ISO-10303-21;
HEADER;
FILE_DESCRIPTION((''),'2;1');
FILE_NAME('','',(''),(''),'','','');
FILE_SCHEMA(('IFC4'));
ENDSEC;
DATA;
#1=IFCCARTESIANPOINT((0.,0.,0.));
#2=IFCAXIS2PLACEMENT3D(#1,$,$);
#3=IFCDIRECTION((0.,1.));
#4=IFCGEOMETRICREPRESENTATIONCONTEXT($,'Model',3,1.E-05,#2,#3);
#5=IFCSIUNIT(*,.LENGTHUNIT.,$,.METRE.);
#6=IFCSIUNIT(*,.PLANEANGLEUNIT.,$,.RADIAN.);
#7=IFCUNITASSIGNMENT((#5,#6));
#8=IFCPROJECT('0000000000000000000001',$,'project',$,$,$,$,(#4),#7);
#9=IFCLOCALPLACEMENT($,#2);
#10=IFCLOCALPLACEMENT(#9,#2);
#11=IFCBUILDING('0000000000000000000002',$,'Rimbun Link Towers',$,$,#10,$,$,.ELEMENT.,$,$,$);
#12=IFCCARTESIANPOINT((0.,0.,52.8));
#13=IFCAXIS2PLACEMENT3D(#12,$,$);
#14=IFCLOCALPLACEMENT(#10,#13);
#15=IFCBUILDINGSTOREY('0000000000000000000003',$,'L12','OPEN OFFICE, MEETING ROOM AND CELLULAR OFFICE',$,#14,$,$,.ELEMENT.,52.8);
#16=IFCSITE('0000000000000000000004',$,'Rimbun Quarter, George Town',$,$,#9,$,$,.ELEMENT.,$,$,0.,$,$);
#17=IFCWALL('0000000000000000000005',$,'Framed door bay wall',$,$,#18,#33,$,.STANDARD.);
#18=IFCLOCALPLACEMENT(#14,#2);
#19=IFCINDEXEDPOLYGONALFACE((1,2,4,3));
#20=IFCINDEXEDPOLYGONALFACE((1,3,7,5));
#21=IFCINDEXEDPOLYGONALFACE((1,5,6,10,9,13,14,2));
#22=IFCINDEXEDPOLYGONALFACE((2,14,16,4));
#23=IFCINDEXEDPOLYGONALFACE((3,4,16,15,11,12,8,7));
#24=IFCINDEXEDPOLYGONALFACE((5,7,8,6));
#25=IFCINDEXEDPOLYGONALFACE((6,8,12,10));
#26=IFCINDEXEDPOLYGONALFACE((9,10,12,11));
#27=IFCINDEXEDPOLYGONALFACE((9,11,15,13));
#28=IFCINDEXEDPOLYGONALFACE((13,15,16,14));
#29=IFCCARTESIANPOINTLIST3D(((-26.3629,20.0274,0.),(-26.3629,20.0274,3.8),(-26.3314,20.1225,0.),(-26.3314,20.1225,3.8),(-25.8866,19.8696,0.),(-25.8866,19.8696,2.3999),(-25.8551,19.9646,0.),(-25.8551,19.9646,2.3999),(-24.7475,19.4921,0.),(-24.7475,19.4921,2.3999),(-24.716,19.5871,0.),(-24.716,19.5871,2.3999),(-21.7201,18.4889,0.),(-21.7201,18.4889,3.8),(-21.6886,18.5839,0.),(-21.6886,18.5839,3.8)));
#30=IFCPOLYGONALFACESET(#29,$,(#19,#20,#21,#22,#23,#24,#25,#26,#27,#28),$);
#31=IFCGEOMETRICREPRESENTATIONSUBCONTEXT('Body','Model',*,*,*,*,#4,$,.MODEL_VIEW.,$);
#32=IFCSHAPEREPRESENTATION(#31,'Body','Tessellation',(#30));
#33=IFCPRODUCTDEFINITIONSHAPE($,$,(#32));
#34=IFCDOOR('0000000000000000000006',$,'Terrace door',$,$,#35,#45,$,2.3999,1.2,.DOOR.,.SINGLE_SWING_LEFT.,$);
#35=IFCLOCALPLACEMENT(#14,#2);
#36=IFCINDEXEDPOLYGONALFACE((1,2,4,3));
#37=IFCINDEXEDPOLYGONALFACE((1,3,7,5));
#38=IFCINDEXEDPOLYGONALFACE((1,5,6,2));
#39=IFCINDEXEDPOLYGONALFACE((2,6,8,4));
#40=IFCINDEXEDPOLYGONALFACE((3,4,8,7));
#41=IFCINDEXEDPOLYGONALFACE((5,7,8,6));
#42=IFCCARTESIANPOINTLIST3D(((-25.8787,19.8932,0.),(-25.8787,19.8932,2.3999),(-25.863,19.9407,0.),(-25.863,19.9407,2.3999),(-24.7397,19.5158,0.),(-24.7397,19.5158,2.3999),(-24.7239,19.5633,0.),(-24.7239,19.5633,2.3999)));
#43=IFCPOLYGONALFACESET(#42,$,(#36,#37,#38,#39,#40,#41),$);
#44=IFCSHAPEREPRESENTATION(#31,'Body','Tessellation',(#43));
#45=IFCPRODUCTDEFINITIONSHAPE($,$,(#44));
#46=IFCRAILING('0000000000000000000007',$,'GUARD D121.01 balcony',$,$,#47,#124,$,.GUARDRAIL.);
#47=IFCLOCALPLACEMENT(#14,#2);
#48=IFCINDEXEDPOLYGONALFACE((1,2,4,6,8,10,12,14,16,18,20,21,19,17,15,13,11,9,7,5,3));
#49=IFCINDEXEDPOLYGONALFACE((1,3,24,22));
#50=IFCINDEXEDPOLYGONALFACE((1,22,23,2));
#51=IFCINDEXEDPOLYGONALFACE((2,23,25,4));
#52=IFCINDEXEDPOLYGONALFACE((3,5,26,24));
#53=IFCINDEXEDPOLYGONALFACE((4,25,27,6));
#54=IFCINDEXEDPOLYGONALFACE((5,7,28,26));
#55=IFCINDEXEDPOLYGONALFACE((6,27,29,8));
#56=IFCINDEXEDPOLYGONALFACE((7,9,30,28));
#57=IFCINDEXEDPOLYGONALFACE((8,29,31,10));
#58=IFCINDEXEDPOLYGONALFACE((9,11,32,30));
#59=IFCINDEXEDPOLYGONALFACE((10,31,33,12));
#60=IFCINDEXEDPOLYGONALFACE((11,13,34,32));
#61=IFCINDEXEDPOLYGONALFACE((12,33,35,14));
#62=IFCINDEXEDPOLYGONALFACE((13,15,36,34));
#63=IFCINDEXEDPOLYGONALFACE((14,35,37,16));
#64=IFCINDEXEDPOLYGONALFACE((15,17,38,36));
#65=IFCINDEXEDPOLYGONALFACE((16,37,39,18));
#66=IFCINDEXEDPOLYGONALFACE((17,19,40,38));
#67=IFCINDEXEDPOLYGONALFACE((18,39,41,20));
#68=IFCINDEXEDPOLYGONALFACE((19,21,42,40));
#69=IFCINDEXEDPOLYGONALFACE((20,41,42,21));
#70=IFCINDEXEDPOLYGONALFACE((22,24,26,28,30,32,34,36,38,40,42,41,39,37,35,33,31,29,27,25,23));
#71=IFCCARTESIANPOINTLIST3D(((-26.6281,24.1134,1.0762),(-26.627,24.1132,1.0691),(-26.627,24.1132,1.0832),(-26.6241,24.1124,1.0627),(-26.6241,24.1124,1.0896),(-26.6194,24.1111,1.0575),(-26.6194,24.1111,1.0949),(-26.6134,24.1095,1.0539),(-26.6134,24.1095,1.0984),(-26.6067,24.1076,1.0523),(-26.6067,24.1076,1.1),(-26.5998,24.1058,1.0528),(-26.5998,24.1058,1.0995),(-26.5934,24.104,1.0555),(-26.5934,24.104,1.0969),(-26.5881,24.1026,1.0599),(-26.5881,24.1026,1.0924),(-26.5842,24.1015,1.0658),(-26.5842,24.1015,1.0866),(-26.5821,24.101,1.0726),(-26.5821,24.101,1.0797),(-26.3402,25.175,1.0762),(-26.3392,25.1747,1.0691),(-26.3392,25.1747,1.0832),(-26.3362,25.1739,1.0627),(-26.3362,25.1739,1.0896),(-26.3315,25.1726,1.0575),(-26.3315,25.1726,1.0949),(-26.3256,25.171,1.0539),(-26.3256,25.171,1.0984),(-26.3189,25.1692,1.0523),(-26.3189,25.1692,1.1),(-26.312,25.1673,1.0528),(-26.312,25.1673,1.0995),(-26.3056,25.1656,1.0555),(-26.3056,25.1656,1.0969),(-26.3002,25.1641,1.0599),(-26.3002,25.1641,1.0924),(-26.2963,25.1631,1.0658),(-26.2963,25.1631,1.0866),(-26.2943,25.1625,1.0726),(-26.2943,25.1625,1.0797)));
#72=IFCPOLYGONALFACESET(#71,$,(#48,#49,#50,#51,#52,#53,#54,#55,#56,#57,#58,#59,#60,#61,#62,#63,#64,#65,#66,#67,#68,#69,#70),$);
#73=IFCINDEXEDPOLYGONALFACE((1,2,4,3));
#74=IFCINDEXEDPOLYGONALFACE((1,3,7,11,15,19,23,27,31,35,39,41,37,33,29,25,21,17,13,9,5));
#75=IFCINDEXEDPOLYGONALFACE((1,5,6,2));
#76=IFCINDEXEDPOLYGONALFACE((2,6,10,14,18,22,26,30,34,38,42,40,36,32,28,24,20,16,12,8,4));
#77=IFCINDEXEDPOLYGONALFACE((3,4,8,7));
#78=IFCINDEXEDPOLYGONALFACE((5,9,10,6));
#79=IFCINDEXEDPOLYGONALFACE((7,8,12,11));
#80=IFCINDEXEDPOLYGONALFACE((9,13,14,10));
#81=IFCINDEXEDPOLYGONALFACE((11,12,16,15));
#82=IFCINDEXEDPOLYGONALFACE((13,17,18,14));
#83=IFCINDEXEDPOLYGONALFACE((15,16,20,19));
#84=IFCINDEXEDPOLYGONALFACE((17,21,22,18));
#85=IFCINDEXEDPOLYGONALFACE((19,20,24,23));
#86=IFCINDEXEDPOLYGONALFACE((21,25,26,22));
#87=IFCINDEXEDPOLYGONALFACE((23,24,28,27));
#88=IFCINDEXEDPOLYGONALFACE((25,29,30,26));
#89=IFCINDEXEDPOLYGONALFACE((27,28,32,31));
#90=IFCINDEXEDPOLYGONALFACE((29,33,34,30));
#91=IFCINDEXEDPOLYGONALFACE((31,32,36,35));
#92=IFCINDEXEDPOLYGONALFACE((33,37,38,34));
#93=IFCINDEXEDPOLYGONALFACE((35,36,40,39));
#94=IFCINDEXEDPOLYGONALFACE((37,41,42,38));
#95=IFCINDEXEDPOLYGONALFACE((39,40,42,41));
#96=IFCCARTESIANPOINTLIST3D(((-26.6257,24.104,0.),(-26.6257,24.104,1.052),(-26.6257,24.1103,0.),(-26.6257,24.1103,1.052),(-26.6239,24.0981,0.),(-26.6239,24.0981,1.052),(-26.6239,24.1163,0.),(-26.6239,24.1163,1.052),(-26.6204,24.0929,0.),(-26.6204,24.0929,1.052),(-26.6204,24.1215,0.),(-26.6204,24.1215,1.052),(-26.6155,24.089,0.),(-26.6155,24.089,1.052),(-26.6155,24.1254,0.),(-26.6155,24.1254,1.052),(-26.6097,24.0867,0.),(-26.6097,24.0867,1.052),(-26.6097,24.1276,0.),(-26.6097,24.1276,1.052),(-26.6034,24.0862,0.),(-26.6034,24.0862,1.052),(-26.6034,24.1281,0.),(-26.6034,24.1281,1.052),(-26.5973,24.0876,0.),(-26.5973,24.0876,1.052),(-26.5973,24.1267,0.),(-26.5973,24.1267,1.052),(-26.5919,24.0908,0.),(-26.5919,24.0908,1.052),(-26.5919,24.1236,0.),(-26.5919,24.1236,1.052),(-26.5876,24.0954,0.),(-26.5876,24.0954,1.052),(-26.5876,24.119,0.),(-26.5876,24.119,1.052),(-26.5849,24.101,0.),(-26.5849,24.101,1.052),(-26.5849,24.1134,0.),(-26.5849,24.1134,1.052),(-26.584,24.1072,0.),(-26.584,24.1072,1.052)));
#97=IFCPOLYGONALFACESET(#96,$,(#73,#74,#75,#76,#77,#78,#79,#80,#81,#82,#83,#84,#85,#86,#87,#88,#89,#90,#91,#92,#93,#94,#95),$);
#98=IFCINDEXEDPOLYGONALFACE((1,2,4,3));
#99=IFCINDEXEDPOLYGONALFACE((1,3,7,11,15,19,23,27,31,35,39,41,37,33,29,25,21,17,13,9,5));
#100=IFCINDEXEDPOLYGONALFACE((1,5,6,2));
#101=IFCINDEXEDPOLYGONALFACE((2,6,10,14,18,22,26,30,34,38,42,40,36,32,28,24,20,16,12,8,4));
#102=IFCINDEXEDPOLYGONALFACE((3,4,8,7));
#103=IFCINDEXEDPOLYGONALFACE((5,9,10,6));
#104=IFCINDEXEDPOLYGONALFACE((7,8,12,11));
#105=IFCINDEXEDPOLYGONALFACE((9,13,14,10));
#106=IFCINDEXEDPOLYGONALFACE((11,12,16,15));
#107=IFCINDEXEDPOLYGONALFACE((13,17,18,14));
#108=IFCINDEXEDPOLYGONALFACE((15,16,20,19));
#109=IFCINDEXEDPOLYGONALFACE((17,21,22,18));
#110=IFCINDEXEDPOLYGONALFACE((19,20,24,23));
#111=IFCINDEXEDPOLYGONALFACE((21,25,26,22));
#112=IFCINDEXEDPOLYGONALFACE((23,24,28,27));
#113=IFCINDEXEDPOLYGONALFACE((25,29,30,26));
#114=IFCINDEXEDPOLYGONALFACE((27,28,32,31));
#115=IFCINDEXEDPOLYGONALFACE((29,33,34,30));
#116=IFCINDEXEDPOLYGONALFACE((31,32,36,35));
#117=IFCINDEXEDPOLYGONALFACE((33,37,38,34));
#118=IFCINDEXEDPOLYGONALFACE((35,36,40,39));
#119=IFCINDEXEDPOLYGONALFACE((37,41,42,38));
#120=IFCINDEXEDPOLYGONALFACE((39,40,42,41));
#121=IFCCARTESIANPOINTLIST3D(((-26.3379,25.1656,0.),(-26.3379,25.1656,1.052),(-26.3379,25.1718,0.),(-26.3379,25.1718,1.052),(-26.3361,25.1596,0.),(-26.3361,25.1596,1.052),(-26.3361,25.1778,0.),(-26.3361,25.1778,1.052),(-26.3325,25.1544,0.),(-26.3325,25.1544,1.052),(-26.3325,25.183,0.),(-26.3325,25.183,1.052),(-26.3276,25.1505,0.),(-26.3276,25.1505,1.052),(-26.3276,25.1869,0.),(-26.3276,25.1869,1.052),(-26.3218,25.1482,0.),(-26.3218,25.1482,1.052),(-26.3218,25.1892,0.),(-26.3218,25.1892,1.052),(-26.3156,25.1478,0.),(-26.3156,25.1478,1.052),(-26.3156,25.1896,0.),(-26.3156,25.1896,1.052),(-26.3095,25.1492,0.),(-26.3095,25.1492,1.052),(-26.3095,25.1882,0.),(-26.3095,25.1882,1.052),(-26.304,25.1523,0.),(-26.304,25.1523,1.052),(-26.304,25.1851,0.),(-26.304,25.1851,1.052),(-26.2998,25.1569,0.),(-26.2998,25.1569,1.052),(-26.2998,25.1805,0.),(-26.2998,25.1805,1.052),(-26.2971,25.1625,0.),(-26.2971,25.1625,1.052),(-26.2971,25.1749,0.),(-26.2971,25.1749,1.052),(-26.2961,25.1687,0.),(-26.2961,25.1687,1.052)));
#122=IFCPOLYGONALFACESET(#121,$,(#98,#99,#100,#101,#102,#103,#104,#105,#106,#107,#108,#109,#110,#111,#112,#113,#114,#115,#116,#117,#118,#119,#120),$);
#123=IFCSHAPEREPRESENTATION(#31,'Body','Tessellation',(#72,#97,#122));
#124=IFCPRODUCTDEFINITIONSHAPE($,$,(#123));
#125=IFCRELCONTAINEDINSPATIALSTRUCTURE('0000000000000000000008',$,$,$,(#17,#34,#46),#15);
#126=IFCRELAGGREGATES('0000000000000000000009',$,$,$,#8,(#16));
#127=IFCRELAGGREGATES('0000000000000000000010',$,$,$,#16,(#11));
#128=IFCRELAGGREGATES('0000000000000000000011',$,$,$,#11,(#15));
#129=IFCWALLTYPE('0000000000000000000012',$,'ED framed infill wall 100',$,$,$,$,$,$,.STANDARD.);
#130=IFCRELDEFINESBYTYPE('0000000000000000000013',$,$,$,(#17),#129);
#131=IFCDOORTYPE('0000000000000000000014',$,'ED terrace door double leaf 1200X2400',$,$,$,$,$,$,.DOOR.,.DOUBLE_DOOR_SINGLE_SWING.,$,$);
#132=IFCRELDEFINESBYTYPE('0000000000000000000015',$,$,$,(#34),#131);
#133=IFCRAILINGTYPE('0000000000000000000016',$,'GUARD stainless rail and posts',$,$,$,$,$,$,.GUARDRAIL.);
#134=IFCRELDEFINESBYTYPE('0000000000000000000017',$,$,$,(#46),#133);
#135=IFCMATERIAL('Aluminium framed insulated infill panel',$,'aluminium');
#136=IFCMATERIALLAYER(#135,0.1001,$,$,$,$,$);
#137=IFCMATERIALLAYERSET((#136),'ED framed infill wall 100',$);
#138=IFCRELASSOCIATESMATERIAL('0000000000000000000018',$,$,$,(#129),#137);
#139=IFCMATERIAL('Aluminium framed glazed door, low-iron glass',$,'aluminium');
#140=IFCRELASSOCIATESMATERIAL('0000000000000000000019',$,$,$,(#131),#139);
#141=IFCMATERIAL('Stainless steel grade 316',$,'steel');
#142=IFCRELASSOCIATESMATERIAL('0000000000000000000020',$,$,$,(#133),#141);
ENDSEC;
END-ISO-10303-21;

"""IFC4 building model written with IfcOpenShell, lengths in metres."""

from ifc_helpers import new_model, si_unit, direction, frame, frame_2d, origin, origin_2d, place, context, subcontext, project, spatial, rectangle, circle, extrude, material, layer, layer_set, type_object, element, fill, save


model = new_model("IFC4")

# Units and contexts
model_context = context("Model", 3, precision=1e-05, world=origin(), true_north=direction((0.0, 1.0)))
body_context = subcontext(model_context, "Body", "Model", "MODEL_VIEW")
ifc_project = project(units=[si_unit("LENGTHUNIT", "METRE"), si_unit("PLANEANGLEUNIT", "RADIAN")], contexts=[model_context])

# Site, building, storey
site_placement = place(None, origin())
site = spatial("IfcSite", under=ifc_project, at=site_placement, Name="Rimbun Quarter, George Town", CompositionType="ELEMENT", RefElevation=0.0)
building_placement = place(site_placement, origin())
building = spatial("IfcBuilding", under=site, at=building_placement, Name="Rimbun Link Towers", CompositionType="ELEMENT")
storey_placement = place(building_placement, frame((0.0, 0.0, 52.8)))
storey = spatial("IfcBuildingStorey", under=building, at=storey_placement, Name="L12", Description="OPEN OFFICE, MEETING ROOM AND CELLULAR OFFICE", CompositionType="ELEMENT", Elevation=52.8)

# Wall, opening, door
ifc_material_1 = material(Name="Aluminium framed insulated infill panel", Category="aluminium")
ifc_layer_1 = layer(ifc_material_1, 0.1001)
ifc_layer_set_1 = layer_set([ifc_layer_1], Name="ED framed infill wall 100")
wall_type_1 = type_object("IfcWallType", Name="ED framed infill wall 100", PredefinedType="STANDARD", material=ifc_layer_set_1)
wall_1_placement = place(storey_placement, frame((-26.3472, 20.075, 0.0), z_axis=(0.0, 0.0, 1.0), x_axis=(0.949236, -0.314565, 0.0)))
wall_1 = element("IfcWall", 1, at=wall_1_placement, inside=storey, type_object=wall_type_1, Name="Framed door bay wall", PredefinedType="STANDARD", context=body_context, shape_type="SweptSolid", body=[
    extrude(rectangle(XDim=4.8911, YDim=0.1001, at=frame_2d((2.4456, 0.0))), origin(), (0.0, 0.0, 1.0), 3.8),
])
opening_1_placement = place(wall_1_placement, frame((0.5017, 0.0, 0.0)))
opening_1 = element("IfcOpeningElement", 2, at=opening_1_placement, cuts=wall_1, PredefinedType="OPENING", context=body_context, shape_type="SweptSolid", body=[
    extrude(rectangle(XDim=1.2, YDim=2.3999, at=frame_2d((0.6001, 1.2))), frame((0.0, 0.0601, 0.0), z_axis=(0.0, -1.0, 0.0), x_axis=(1.0, 0.0, 0.0)), (0.0, 0.0, 1.0), 0.1201),
])
ifc_material_2 = material(Name="Aluminium framed glazed door, low-iron glass", Category="aluminium")
door_type_1 = type_object("IfcDoorType", Name="ED terrace door double leaf 1200X2400", OperationType="DOUBLE_DOOR_SINGLE_SWING", PredefinedType="DOOR", material=ifc_material_2)
door_1_placement = place(opening_1_placement, origin())
door_1 = element("IfcDoor", 3, at=door_1_placement, inside=storey, type_object=door_type_1, Name="Terrace door", OperationType="SINGLE_SWING_LEFT", OverallHeight=2.3999, OverallWidth=1.2, PredefinedType="DOOR", context=body_context, shape_type="SweptSolid", body=[
    extrude(rectangle(XDim=1.2, YDim=2.3999, at=frame_2d((0.6001, 1.2))), frame((0.0, 0.0249, 0.0), z_axis=(0.0, -1.0, 0.0), x_axis=(1.0, 0.0, 0.0)), (0.0, 0.0, 1.0), 0.05),
])
fill(opening_1, door_1)

# Railing
ifc_material_3 = material(Name="Stainless steel grade 316", Category="steel")
railing_type = type_object("IfcRailingType", Name="GUARD stainless rail and posts", PredefinedType="GUARDRAIL", material=ifc_material_3)
railing_1_placement = place(storey_placement, frame((-26.605, 24.1072, 0.0)))
element("IfcRailing", 4, at=railing_1_placement, inside=storey, type_object=railing_type, Name="GUARD D121.01 balcony", PredefinedType="GUARDRAIL", context=body_context, shape_type="SweptSolid", body=[
    extrude(circle(Radius=0.0239, at=origin_2d()), frame((0.0, 0.0, 1.0762), z_axis=(0.261708, 0.965147, 0.0), x_axis=(-0.965147, 0.261708, 0.0)), (0.0, 0.0, 1.0), 1.0999),
    extrude(circle(Radius=0.021, at=origin_2d()), origin(), (0.0, 0.0, 1.0), 1.052),
    extrude(circle(Radius=0.021, at=origin_2d()), frame((0.2878, 1.0615, 0.0)), (0.0, 0.0, 1.0), 1.052),
])

save(model, "model.ifc")
